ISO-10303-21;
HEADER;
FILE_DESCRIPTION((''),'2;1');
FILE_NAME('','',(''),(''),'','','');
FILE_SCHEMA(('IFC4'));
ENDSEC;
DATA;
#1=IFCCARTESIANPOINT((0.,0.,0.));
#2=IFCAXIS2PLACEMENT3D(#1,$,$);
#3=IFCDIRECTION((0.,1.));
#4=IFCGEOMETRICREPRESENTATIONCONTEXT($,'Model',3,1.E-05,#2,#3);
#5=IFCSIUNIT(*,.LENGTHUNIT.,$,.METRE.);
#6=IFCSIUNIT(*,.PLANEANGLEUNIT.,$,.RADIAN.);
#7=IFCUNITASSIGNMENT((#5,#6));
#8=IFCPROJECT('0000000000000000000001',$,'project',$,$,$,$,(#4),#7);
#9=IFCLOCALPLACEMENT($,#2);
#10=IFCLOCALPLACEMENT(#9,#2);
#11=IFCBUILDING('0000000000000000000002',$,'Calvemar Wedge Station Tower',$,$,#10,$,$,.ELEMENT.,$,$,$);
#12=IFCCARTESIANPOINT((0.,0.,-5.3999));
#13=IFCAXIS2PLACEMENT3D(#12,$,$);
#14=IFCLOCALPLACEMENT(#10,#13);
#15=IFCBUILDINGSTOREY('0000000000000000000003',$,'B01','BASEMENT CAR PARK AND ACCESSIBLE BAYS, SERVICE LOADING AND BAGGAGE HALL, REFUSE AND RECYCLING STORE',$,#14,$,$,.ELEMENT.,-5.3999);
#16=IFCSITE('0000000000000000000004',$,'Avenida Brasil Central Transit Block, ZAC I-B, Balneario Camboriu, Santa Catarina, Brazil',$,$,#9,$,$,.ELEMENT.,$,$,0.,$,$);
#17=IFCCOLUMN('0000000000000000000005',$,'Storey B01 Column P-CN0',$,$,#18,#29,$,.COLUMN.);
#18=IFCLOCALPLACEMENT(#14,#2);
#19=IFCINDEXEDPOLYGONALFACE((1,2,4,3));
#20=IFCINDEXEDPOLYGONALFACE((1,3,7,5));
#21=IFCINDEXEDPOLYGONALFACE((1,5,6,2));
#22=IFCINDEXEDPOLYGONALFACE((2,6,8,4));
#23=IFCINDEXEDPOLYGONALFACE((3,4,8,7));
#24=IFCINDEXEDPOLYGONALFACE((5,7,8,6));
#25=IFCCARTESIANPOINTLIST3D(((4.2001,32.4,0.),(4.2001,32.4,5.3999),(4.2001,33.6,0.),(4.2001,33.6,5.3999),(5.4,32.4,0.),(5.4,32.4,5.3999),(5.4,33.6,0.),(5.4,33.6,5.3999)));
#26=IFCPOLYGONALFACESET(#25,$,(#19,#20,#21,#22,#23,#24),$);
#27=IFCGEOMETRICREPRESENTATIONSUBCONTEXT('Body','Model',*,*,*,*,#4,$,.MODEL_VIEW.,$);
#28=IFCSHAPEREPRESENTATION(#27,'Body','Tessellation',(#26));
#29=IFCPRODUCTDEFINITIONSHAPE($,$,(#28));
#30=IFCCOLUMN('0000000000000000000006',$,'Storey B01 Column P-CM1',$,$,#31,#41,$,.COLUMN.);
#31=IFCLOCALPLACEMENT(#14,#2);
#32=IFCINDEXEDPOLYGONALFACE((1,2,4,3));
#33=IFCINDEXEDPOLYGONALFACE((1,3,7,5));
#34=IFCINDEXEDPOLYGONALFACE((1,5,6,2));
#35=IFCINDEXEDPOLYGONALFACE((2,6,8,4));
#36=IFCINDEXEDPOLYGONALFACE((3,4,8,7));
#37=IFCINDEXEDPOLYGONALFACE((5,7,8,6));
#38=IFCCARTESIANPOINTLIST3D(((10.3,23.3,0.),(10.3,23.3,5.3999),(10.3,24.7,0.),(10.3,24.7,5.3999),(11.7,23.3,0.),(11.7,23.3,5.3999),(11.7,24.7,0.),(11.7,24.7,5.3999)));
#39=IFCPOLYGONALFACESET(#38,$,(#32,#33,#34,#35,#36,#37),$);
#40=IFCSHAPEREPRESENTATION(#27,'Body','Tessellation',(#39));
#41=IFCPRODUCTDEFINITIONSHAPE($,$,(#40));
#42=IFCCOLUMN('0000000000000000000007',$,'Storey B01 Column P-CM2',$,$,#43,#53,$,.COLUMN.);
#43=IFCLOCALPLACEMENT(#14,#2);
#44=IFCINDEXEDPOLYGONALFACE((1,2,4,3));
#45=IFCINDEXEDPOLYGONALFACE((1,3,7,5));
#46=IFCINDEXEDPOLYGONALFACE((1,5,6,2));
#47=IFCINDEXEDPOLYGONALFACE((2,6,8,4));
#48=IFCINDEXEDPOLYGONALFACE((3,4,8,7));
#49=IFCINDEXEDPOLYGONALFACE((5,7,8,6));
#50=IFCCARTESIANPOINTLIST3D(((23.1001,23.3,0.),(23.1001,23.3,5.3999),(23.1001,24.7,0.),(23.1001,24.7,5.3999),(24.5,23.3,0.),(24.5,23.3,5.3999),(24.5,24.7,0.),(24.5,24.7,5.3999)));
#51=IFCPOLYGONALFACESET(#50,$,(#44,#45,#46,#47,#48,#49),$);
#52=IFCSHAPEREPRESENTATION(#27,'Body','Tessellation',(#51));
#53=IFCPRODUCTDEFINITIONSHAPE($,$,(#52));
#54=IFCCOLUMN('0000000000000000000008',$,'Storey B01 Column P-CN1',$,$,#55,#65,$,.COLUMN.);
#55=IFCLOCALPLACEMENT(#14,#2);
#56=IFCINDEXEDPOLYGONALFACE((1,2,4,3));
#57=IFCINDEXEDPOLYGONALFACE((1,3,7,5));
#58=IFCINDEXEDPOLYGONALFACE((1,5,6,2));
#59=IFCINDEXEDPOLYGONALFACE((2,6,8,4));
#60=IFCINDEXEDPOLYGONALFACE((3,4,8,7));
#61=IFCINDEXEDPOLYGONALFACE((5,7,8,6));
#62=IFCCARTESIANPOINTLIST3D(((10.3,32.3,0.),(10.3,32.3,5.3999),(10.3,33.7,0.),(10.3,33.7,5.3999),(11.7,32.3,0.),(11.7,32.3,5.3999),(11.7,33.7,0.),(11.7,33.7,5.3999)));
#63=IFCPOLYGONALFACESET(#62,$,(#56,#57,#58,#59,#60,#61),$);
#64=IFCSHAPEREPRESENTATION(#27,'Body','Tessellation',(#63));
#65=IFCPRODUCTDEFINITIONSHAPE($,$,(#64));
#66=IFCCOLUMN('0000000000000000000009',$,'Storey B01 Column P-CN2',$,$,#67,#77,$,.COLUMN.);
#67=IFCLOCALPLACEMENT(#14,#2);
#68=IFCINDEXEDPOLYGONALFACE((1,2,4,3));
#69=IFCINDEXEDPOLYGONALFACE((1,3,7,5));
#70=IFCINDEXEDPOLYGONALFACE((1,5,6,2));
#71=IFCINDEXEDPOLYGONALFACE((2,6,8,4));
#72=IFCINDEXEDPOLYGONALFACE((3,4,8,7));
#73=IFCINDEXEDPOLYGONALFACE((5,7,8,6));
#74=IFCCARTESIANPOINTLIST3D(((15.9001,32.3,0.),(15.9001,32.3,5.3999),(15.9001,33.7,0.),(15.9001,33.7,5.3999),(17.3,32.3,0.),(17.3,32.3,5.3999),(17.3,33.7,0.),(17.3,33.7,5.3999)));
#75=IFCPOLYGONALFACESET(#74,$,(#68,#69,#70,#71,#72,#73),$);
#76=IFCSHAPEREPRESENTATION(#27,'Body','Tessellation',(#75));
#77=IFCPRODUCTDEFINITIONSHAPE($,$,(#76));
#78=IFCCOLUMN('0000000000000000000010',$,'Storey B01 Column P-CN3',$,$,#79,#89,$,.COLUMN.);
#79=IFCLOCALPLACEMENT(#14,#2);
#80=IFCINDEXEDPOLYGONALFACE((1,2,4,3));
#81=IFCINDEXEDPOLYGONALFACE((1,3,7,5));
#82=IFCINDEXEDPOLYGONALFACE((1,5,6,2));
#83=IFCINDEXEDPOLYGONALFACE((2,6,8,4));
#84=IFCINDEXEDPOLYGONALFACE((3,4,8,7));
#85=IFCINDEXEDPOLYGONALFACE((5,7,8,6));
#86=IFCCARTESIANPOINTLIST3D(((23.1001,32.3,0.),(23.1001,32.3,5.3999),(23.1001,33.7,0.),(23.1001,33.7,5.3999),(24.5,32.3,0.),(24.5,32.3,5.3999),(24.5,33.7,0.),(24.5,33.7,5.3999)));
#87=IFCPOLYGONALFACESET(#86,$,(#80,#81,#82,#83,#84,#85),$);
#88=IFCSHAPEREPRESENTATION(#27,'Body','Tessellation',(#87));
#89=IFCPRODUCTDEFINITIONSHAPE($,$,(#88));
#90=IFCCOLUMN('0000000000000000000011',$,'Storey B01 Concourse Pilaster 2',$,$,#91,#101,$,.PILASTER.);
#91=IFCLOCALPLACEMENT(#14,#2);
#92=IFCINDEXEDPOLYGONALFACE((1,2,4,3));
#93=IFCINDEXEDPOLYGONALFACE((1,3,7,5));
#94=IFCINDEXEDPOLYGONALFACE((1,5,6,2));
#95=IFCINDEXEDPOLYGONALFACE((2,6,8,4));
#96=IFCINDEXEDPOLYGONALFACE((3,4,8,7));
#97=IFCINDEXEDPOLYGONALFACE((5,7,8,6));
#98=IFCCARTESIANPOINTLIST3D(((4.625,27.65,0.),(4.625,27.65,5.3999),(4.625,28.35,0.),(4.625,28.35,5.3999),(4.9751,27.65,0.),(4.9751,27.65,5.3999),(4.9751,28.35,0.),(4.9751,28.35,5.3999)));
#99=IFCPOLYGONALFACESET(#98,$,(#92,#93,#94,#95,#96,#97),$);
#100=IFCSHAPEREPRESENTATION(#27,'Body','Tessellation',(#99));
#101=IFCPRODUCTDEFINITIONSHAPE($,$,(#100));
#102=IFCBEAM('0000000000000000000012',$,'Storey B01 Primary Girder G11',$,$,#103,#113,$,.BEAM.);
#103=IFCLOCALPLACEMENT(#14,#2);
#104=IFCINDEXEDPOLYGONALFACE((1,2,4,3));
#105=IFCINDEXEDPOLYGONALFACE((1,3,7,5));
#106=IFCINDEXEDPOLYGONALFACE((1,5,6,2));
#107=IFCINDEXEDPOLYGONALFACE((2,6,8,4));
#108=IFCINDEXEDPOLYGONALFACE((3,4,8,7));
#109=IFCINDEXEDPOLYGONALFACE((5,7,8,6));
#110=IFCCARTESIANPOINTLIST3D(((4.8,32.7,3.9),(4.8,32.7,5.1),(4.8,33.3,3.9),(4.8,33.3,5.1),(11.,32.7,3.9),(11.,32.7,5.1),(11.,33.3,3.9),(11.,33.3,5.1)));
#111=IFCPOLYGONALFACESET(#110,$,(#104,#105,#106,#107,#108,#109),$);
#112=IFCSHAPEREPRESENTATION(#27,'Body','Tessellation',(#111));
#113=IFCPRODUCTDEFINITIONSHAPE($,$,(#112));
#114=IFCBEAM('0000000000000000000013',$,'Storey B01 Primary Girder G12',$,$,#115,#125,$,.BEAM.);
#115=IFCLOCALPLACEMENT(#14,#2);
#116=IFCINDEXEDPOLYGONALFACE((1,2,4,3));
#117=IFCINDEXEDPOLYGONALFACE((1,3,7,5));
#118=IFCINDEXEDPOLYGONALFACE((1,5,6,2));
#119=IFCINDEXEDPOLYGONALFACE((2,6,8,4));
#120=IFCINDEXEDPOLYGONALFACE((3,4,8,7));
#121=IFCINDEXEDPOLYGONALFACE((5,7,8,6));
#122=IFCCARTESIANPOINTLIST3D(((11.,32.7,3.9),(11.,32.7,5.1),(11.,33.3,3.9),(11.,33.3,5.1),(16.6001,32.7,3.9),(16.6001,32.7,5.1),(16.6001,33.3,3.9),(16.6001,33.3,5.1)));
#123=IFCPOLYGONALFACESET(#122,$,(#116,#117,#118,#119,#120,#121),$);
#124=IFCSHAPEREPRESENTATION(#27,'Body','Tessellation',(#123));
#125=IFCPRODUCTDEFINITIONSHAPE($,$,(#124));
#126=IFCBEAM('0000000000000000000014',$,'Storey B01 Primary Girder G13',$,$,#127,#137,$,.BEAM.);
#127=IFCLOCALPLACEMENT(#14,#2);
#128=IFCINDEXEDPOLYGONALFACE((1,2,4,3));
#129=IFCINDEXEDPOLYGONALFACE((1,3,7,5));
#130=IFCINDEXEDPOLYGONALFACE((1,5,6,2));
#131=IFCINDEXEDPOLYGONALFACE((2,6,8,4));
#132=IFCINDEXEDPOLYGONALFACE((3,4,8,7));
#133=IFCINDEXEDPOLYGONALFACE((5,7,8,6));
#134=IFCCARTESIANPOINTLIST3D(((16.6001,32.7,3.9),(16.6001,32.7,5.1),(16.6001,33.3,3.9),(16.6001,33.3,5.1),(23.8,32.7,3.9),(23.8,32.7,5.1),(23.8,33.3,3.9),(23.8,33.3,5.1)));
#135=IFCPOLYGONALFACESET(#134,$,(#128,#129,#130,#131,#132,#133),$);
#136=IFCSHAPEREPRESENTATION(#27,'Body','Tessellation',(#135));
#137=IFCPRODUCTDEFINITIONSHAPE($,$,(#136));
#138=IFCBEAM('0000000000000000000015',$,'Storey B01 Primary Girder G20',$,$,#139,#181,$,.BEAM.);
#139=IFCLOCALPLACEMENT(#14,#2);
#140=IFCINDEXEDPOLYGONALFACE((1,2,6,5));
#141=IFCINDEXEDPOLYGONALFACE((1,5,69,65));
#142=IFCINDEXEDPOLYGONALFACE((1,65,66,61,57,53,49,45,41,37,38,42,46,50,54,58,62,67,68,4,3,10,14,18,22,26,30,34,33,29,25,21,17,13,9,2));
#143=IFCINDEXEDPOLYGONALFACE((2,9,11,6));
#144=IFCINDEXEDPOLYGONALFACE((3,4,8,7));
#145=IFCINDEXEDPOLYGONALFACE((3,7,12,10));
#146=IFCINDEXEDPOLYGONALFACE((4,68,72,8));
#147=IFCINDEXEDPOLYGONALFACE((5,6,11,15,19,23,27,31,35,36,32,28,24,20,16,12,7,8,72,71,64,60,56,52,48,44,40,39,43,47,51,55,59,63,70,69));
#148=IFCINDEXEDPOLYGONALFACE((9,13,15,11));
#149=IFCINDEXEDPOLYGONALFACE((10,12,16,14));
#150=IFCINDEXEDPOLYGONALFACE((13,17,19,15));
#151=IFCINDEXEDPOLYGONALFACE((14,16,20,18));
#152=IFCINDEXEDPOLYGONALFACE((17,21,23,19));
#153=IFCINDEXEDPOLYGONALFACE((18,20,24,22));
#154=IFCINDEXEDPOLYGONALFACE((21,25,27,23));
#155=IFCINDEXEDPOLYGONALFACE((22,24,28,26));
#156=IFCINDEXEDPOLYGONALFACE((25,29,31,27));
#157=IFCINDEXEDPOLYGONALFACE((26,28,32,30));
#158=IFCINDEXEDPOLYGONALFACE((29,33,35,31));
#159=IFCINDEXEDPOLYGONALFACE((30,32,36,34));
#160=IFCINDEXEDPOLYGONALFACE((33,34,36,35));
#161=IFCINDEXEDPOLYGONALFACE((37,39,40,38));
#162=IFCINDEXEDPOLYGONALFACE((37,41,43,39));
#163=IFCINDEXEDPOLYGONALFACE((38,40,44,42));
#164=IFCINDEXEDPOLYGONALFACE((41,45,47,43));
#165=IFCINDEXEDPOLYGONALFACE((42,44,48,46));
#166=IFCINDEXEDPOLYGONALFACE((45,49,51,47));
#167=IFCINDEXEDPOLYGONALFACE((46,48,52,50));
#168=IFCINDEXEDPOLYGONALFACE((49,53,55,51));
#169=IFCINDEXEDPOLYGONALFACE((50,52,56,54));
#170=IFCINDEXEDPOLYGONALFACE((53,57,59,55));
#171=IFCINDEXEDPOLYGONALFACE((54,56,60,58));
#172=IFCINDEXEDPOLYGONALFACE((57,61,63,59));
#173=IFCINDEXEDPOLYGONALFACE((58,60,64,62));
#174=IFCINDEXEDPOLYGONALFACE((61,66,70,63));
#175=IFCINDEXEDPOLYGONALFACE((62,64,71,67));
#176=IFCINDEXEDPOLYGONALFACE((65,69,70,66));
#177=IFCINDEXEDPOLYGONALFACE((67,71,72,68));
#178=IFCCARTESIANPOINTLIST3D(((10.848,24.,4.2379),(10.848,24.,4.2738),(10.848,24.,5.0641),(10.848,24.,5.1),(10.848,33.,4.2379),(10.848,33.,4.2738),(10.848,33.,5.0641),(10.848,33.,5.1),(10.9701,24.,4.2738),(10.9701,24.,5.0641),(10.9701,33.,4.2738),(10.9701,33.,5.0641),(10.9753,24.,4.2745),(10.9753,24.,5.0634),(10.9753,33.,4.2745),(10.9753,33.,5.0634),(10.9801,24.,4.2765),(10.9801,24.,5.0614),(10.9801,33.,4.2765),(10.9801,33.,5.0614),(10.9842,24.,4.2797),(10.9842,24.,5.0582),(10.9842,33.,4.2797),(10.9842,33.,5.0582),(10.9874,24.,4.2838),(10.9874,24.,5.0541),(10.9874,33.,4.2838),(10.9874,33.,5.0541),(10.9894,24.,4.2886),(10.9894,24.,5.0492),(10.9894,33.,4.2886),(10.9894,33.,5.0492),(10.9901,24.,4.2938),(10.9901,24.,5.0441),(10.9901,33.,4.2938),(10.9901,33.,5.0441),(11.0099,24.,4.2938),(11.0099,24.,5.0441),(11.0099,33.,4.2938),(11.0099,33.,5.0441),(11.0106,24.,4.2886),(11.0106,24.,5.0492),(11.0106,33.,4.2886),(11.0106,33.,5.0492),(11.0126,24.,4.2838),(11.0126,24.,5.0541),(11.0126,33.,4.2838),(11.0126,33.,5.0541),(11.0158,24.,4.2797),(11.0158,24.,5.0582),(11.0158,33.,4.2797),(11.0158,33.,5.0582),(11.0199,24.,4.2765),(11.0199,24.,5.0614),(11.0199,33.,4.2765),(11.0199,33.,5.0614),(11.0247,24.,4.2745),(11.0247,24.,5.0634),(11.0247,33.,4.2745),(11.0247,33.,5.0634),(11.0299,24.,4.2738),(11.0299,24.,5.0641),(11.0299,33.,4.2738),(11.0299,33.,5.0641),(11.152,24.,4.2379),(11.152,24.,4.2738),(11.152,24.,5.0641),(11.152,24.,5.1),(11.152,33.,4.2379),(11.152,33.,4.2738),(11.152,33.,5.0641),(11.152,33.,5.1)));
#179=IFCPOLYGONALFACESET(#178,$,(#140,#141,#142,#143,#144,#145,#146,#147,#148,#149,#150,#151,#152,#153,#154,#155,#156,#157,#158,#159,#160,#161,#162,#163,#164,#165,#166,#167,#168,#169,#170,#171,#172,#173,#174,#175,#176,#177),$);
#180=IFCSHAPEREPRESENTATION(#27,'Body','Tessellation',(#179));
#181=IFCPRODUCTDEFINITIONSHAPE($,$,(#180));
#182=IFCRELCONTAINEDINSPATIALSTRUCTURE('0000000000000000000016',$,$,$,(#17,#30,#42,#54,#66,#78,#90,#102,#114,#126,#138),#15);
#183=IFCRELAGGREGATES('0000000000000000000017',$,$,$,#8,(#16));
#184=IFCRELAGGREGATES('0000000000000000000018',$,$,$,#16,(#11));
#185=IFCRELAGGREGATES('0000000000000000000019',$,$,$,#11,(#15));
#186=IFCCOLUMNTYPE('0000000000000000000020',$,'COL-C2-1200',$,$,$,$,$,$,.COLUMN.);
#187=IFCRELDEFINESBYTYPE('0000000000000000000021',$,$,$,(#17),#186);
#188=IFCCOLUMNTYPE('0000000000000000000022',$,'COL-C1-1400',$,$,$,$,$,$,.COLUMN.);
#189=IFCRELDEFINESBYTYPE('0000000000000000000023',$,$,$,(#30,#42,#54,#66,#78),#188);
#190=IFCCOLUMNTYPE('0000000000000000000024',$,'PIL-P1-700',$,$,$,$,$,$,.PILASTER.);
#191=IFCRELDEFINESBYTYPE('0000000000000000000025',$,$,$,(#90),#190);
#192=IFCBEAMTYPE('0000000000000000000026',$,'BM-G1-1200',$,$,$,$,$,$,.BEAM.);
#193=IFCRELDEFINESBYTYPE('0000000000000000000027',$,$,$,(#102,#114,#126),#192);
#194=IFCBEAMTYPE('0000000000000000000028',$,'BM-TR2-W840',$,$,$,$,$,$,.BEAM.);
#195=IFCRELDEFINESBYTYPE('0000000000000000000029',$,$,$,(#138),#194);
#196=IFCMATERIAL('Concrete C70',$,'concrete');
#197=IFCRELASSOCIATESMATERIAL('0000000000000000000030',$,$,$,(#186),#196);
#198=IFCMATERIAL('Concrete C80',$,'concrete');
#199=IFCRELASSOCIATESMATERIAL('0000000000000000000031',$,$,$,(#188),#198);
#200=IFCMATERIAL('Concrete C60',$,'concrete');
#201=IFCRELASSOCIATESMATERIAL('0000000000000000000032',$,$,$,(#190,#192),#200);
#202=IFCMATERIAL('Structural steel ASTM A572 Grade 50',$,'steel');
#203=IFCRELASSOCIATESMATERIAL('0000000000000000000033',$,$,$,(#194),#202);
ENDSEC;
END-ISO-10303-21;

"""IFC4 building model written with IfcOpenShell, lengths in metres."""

from ifc_helpers import new_model, si_unit, direction, frame, origin, origin_2d, place, context, subcontext, project, spatial, rectangle, i_section, extrude, source, transform, mapped, material, material_profile, profile_set, type_object, element, save


model = new_model("IFC4")

# Units and contexts
model_context = context("Model", 3, precision=1e-05, world=origin(), true_north=direction((0.0, 1.0)))
body_context = subcontext(model_context, "Body", "Model", "MODEL_VIEW")
ifc_project = project(units=[si_unit("LENGTHUNIT", "METRE"), si_unit("PLANEANGLEUNIT", "RADIAN")], contexts=[model_context])

# Site, building, storey
site_placement = place(None, origin())
site = spatial("IfcSite", under=ifc_project, at=site_placement, Name="Avenida Brasil Central Transit Block, ZAC I-B, Balneario Camboriu, Santa Catarina, Brazil", CompositionType="ELEMENT", RefElevation=0.0)
building_placement = place(site_placement, origin())
building = spatial("IfcBuilding", under=site, at=building_placement, Name="Calvemar Wedge Station Tower", CompositionType="ELEMENT")
storey_placement = place(building_placement, frame((0.0, 0.0, -5.3999)))
storey = spatial("IfcBuildingStorey", under=building, at=storey_placement, Name="B01", Description="BASEMENT CAR PARK AND ACCESSIBLE BAYS, SERVICE LOADING AND BAGGAGE HALL, REFUSE AND RECYCLING STORE", CompositionType="ELEMENT", Elevation=-5.3999)

# Columns
ifc_material_1 = material(Name="Concrete C70", Category="concrete")
ifc_material_profile_1 = material_profile(ifc_material_1, rectangle(XDim=1.2, YDim=1.2, at=origin_2d()), Name="RC1200x1200")
ifc_profile_set_1 = profile_set([ifc_material_profile_1], Name="Concrete C70")
column_type_1 = type_object("IfcColumnType", Name="COL-C2-1200", PredefinedType="COLUMN", material=ifc_profile_set_1)
shared_shape_1 = source(origin(), body_context, "Body", "SweptSolid", [
    extrude(rectangle(XDim=1.2, YDim=1.2, at=origin_2d()), origin(), (0.0, 0.0, 1.0), 5.3999),
])
column_1_placement = place(storey_placement, frame((4.8, 33.0, 0.0), z_axis=(0.0, 0.0, 1.0), x_axis=(1.0, 0.0, 0.0)))
element("IfcColumn", 1, at=column_1_placement, inside=storey, type_object=column_type_1, Name="Storey B01 Column P-CN0", PredefinedType="COLUMN", context=body_context, shape_type="MappedRepresentation", body=[
    mapped(shared_shape_1, transform((0.0, 0.0, 0.0), scale=1.0)),
])
ifc_material_2 = material(Name="Concrete C80", Category="concrete")
ifc_material_profile_2 = material_profile(ifc_material_2, rectangle(XDim=1.3999, YDim=1.3999, at=origin_2d()), Name="RC1400x1400")
ifc_profile_set_2 = profile_set([ifc_material_profile_2], Name="Concrete C80")
column_type_2 = type_object("IfcColumnType", Name="COL-C1-1400", PredefinedType="COLUMN", material=ifc_profile_set_2)
shared_shape_2 = source(origin(), body_context, "Body", "SweptSolid", [
    extrude(rectangle(XDim=1.3999, YDim=1.3999, at=origin_2d()), origin(), (0.0, 0.0, 1.0), 5.3999),
])
for number, where, z_axis, x_axis, name in (
    (2, (11.0, 24.0, 0.0), (0.0, 0.0, 1.0), (1.0, 0.0, 0.0), "Storey B01 Column P-CM1"),
    (3, (23.8, 24.0, 0.0), (0.0, 0.0, 1.0), (1.0, 0.0, 0.0), "Storey B01 Column P-CM2"),
    (4, (11.0, 33.0, 0.0), (0.0, 0.0, 1.0), (1.0, 0.0, 0.0), "Storey B01 Column P-CN1"),
    (5, (16.6001, 33.0, 0.0), (0.0, 0.0, 1.0), (1.0, 0.0, 0.0), "Storey B01 Column P-CN2"),
    (6, (23.8, 33.0, 0.0), (0.0, 0.0, 1.0), (1.0, 0.0, 0.0), "Storey B01 Column P-CN3"),
):
    element("IfcColumn", number, at=place(storey_placement, frame(where, z_axis=z_axis, x_axis=x_axis)), inside=storey, type_object=column_type_2, Name=name, PredefinedType="COLUMN", context=body_context, shape_type="MappedRepresentation", body=[
        mapped(shared_shape_2, transform((0.0, 0.0, 0.0), scale=1.0)),
    ])
ifc_material_3 = material(Name="Concrete C60", Category="concrete")
ifc_material_profile_3 = material_profile(ifc_material_3, rectangle(XDim=0.3501, YDim=0.7, at=origin_2d()), Name="RC350x700")
ifc_profile_set_3 = profile_set([ifc_material_profile_3], Name="Concrete C60")
column_type_3 = type_object("IfcColumnType", Name="PIL-P1-700", PredefinedType="PILASTER", material=ifc_profile_set_3)
shared_shape_3 = source(origin(), body_context, "Body", "SweptSolid", [
    extrude(rectangle(XDim=0.3501, YDim=0.7, at=origin_2d()), origin(), (0.0, 0.0, 1.0), 5.3999),
])
column_2_placement = place(storey_placement, frame((4.8, 28.0, 0.0), z_axis=(0.0, 0.0, 1.0), x_axis=(1.0, 0.0, 0.0)))
element("IfcColumn", 7, at=column_2_placement, inside=storey, type_object=column_type_3, Name="Storey B01 Concourse Pilaster 2", PredefinedType="PILASTER", context=body_context, shape_type="MappedRepresentation", body=[
    mapped(shared_shape_3, transform((0.0, 0.0, 0.0), scale=1.0)),
])

# Beams
ifc_material_profile_4 = material_profile(ifc_material_3, rectangle(XDim=0.6001, YDim=1.2, at=origin_2d()), Name="RC600x1200")
ifc_profile_set_4 = profile_set([ifc_material_profile_4], Name="Concrete C60")
beam_type_1 = type_object("IfcBeamType", Name="BM-G1-1200", PredefinedType="BEAM", material=ifc_profile_set_4)
shared_shape_4 = source(origin(), body_context, "Body", "SweptSolid", [
    extrude(rectangle(XDim=0.6001, YDim=1.2, at=origin_2d()), origin(), (0.0, 0.0, 1.0), 6.2),
])
beam_1_placement = place(storey_placement, frame((4.8, 33.0, 4.5), z_axis=(1.0, 0.0, 0.0), x_axis=(0.0, 1.0, 0.0)))
element("IfcBeam", 8, at=beam_1_placement, inside=storey, type_object=beam_type_1, Name="Storey B01 Primary Girder G11", PredefinedType="BEAM", context=body_context, shape_type="MappedRepresentation", body=[
    mapped(shared_shape_4, transform((0.0, 0.0, 0.0), scale=1.0)),
])
shared_shape_5 = source(origin(), body_context, "Body", "SweptSolid", [
    extrude(rectangle(XDim=0.6001, YDim=1.2, at=origin_2d()), origin(), (0.0, 0.0, 1.0), 5.6001),
])
beam_2_placement = place(storey_placement, frame((11.0, 33.0, 4.5), z_axis=(1.0, 0.0, 0.0), x_axis=(0.0, 1.0, 0.0)))
element("IfcBeam", 9, at=beam_2_placement, inside=storey, type_object=beam_type_1, Name="Storey B01 Primary Girder G12", PredefinedType="BEAM", context=body_context, shape_type="MappedRepresentation", body=[
    mapped(shared_shape_5, transform((0.0, 0.0, 0.0), scale=1.0)),
])
shared_shape_6 = source(origin(), body_context, "Body", "SweptSolid", [
    extrude(rectangle(XDim=0.6001, YDim=1.2, at=origin_2d()), origin(), (0.0, 0.0, 1.0), 7.2),
])
beam_3_placement = place(storey_placement, frame((16.6001, 33.0, 4.5), z_axis=(1.0, 0.0, 0.0), x_axis=(0.0, 1.0, 0.0)))
element("IfcBeam", 10, at=beam_3_placement, inside=storey, type_object=beam_type_1, Name="Storey B01 Primary Girder G13", PredefinedType="BEAM", context=body_context, shape_type="MappedRepresentation", body=[
    mapped(shared_shape_6, transform((0.0, 0.0, 0.0), scale=1.0)),
])
ifc_material_4 = material(Name="Structural steel ASTM A572 Grade 50", Category="steel")
ifc_material_profile_5 = material_profile(ifc_material_4, i_section(OverallWidth=0.304, OverallDepth=0.8621, WebThickness=0.0198, FlangeThickness=0.0359, FilletRadius=0.02, at=origin_2d()), Name="W840x329")
ifc_profile_set_5 = profile_set([ifc_material_profile_5], Name="Structural steel ASTM A572 Grade 50")
beam_type_2 = type_object("IfcBeamType", Name="BM-TR2-W840", PredefinedType="BEAM", material=ifc_profile_set_5)
shared_shape_7 = source(origin(), body_context, "Body", "SweptSolid", [
    extrude(i_section(OverallWidth=0.304, OverallDepth=0.8621, WebThickness=0.0198, FlangeThickness=0.0359, FilletRadius=0.02, at=origin_2d()), origin(), (0.0, 0.0, 1.0), 9.0),
])
for number, where, z_axis, x_axis, name in (
    (11, (11.0, 24.0, 4.6689), (0.0, 1.0, 0.0), (-1.0, 0.0, 0.0), "Storey B01 Primary Girder G20"),
):
    element("IfcBeam", number, at=place(storey_placement, frame(where, z_axis=z_axis, x_axis=x_axis)), inside=storey, type_object=beam_type_2, Name=name, PredefinedType="BEAM", context=body_context, shape_type="MappedRepresentation", body=[
        mapped(shared_shape_7, transform((0.0, 0.0, 0.0), scale=1.0)),
    ])

save(model, "model.ifc")
